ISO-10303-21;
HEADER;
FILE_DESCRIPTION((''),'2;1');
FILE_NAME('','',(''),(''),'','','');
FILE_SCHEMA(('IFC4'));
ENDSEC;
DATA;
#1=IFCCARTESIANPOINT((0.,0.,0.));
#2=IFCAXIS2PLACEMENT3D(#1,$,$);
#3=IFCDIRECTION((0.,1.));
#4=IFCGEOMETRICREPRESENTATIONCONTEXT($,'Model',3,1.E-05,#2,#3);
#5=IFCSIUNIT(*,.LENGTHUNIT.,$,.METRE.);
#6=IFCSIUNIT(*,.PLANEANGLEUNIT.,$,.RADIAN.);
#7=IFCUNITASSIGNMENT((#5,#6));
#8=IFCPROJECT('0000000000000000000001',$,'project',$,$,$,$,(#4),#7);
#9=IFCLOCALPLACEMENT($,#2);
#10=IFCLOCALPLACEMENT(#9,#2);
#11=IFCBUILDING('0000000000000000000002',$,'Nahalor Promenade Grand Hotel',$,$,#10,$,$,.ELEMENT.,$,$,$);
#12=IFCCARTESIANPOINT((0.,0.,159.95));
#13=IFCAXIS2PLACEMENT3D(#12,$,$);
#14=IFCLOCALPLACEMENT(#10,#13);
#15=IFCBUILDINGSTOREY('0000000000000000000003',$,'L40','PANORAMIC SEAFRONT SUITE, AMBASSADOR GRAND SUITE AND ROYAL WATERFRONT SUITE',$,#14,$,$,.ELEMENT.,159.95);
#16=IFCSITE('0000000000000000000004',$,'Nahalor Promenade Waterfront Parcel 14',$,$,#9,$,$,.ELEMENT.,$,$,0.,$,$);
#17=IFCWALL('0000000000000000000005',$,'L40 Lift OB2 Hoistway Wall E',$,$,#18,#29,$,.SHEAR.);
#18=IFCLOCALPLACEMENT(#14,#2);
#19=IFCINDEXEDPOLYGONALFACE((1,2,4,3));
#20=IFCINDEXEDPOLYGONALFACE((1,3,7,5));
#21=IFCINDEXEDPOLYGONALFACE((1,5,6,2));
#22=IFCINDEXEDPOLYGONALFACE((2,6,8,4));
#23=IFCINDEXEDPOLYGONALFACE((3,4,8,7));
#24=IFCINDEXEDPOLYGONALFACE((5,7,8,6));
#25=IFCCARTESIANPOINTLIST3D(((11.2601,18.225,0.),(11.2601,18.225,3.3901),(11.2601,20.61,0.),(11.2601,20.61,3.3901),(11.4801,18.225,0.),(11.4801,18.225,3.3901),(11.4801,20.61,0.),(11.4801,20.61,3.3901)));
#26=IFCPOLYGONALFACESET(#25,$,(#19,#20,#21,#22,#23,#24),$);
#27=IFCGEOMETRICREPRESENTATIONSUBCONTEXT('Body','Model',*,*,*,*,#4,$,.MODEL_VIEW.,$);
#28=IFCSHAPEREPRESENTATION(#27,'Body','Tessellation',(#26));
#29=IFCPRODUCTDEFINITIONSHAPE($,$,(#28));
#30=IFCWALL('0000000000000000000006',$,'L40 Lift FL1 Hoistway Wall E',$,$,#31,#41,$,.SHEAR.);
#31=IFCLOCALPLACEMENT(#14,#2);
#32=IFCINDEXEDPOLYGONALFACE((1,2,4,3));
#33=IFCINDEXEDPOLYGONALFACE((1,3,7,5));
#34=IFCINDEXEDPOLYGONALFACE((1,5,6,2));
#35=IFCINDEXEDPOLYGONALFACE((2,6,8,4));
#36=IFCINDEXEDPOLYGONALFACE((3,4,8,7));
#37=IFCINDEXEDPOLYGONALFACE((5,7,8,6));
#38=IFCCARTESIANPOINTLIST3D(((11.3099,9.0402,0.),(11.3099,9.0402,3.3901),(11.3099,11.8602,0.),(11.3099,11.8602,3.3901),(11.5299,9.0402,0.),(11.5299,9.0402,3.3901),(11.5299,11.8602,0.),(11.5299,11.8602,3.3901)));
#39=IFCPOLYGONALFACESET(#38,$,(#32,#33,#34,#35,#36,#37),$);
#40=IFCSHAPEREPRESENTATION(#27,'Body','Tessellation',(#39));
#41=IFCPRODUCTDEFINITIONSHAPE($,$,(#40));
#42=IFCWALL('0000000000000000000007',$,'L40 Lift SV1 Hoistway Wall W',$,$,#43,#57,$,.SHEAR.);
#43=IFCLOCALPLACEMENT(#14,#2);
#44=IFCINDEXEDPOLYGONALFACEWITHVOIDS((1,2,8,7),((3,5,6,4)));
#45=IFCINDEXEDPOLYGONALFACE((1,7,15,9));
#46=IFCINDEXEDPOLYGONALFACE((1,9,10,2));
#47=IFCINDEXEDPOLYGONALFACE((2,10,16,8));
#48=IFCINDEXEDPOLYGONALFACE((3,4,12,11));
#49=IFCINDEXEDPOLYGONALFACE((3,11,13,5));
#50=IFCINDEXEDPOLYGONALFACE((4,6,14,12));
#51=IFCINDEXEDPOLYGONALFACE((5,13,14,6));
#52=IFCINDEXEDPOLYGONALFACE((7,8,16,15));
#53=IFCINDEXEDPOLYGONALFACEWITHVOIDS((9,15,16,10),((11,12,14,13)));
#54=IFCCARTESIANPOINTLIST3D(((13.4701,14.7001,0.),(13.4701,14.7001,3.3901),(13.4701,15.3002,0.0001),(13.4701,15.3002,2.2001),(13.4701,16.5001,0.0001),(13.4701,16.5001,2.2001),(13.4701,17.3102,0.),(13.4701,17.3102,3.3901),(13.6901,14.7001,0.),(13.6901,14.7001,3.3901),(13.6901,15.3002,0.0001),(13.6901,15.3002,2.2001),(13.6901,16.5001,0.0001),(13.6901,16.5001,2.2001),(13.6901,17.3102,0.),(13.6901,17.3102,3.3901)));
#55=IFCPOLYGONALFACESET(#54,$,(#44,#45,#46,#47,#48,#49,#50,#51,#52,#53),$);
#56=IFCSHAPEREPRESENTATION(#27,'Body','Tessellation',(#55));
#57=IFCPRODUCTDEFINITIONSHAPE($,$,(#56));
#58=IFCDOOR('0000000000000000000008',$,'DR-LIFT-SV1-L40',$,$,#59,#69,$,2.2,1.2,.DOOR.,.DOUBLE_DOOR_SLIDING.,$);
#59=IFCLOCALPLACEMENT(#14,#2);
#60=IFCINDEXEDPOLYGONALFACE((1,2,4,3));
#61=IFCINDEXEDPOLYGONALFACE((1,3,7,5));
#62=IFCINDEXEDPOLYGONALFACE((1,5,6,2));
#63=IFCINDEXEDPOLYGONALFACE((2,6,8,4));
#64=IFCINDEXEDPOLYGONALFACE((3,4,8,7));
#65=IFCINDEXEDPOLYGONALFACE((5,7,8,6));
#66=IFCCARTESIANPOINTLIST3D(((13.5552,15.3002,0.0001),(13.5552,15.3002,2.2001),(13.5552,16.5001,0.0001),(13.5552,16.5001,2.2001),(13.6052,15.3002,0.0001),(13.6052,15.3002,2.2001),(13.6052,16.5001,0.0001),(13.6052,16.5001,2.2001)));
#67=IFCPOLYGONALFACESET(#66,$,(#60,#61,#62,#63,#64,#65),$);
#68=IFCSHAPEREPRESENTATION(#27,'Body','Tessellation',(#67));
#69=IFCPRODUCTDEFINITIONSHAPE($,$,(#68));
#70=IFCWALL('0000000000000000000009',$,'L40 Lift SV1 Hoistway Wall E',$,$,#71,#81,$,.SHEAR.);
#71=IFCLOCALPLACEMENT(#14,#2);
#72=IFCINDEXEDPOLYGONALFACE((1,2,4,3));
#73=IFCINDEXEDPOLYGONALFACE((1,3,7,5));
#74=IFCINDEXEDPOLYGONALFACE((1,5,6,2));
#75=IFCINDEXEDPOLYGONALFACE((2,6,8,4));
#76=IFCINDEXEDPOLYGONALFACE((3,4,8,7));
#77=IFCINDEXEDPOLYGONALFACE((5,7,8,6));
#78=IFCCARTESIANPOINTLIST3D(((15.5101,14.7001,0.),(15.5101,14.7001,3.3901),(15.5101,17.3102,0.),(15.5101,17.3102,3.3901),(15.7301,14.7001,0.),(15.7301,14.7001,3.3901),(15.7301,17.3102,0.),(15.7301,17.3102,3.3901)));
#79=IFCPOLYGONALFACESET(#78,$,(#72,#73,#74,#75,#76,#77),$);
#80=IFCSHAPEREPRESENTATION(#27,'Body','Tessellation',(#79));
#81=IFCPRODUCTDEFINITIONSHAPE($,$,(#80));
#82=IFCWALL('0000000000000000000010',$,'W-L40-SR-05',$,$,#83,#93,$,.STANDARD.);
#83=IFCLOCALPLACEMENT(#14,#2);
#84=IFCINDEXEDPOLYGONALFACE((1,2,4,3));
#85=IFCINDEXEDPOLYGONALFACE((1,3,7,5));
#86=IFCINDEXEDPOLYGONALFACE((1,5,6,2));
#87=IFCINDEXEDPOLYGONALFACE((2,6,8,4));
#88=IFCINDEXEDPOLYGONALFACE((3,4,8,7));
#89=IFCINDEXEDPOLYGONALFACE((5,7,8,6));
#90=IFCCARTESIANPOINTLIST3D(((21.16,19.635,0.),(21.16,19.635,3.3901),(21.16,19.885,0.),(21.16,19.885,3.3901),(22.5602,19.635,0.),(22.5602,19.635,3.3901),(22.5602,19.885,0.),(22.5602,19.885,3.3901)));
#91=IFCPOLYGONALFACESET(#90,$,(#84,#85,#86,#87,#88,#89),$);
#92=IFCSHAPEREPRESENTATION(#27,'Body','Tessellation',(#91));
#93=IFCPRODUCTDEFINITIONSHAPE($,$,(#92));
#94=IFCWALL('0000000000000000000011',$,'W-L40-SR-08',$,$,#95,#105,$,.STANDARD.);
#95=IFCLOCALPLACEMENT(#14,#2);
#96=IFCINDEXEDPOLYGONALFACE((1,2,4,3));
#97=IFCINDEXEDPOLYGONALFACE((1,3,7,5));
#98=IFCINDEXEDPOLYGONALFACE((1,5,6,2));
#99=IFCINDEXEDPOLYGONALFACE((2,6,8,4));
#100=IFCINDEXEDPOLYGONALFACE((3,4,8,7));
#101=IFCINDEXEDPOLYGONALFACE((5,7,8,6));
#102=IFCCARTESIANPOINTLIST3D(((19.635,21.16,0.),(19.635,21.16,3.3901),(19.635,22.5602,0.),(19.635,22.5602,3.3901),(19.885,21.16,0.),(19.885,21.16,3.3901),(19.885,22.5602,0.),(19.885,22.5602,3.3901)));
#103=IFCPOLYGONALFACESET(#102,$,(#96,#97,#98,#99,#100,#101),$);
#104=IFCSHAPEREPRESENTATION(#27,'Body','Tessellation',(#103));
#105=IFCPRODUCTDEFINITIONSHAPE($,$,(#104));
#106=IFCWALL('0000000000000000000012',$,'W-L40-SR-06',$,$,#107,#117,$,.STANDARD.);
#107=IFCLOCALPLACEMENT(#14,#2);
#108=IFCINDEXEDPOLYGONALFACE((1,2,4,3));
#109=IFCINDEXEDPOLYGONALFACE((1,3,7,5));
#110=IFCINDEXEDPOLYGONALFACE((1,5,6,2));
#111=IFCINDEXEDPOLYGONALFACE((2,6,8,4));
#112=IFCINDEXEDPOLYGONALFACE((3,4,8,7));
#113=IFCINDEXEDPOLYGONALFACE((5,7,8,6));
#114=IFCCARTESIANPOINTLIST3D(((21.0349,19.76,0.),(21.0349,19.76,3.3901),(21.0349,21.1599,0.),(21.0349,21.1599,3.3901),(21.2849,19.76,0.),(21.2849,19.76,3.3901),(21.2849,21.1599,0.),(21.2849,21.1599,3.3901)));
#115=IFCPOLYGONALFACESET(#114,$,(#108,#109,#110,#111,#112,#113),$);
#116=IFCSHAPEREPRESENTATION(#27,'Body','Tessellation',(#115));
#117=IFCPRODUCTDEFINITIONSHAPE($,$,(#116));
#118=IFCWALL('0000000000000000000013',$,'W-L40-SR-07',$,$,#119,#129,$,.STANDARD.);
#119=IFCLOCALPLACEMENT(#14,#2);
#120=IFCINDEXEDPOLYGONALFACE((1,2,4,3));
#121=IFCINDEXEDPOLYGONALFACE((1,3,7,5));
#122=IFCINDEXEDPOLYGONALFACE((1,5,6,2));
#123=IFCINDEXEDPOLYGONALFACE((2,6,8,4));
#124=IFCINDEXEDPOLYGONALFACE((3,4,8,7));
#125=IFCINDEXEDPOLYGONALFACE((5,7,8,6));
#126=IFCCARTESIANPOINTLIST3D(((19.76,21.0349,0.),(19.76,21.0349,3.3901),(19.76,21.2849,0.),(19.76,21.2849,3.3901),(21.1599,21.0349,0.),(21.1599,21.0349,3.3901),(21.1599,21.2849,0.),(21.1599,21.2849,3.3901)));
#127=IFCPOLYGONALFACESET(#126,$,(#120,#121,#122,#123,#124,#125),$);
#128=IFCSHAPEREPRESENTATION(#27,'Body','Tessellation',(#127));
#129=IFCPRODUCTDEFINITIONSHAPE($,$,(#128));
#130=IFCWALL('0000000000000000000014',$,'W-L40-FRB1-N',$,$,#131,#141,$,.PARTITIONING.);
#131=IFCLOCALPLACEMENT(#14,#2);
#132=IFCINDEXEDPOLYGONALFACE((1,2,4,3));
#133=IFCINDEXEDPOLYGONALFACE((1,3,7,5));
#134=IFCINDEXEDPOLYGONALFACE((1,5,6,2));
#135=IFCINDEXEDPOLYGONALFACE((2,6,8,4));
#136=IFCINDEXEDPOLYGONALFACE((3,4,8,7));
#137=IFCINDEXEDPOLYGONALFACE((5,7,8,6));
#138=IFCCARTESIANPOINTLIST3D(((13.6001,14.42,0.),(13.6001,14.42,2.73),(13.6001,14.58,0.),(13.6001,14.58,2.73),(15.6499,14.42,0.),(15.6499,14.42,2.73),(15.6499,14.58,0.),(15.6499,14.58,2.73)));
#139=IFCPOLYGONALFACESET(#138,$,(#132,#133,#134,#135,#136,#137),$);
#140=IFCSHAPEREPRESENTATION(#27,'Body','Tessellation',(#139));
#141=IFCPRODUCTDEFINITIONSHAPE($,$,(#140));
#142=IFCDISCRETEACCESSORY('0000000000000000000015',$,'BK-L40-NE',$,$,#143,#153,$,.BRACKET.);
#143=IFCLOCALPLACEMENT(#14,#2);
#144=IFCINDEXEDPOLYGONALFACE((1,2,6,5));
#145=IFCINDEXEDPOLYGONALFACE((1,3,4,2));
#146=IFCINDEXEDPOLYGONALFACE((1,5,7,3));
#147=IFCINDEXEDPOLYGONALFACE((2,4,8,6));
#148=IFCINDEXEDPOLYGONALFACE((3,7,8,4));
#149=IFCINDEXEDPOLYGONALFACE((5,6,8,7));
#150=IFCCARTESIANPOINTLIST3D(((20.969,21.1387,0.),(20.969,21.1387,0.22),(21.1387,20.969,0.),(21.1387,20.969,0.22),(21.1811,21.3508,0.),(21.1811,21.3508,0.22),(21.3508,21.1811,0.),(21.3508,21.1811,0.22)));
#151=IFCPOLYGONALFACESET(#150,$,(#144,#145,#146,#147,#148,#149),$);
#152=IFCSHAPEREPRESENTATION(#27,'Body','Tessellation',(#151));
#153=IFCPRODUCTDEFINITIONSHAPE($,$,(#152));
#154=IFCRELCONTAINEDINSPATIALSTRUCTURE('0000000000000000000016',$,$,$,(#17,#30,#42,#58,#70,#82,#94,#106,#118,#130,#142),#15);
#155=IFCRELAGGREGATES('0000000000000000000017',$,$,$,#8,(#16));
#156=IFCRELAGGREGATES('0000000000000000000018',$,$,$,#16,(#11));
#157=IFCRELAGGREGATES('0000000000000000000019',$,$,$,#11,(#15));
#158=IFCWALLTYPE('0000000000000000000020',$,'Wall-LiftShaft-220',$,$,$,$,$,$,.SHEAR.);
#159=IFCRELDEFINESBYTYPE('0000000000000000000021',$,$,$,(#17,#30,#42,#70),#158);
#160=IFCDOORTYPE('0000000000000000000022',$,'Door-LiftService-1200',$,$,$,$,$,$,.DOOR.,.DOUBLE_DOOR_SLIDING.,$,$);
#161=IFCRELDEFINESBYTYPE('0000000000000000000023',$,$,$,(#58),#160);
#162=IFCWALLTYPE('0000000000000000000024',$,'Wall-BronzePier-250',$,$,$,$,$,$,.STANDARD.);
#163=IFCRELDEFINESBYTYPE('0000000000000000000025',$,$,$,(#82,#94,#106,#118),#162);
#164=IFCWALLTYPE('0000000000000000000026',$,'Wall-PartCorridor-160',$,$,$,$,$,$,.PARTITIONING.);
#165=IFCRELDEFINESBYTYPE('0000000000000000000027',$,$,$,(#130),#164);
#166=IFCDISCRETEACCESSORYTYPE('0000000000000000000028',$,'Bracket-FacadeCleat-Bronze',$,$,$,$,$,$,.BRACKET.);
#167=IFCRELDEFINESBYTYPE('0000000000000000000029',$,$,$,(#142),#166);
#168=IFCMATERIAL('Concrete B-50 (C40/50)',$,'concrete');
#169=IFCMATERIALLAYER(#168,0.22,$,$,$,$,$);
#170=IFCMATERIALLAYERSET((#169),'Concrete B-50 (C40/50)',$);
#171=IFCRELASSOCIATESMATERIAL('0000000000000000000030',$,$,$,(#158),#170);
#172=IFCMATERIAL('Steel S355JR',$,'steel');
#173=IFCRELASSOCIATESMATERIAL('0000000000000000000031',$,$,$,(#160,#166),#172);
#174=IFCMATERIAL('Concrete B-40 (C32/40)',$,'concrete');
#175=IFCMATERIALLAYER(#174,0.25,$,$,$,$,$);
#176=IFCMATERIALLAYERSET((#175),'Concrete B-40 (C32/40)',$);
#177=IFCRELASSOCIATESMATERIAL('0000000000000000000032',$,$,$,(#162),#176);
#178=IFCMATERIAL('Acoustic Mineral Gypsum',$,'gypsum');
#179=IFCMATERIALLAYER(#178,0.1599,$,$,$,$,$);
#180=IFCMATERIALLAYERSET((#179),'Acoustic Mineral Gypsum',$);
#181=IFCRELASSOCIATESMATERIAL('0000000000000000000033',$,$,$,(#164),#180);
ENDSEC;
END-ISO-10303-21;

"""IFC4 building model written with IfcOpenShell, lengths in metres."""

from ifc_helpers import new_model, si_unit, direction, frame, frame_2d, origin, origin_2d, place, context, subcontext, project, spatial, rectangle, extrude, source, transform, mapped, material, layer, layer_set, type_object, element, fill, save


model = new_model("IFC4")

# Units and contexts
model_context = context("Model", 3, precision=1e-05, world=origin(), true_north=direction((0.0, 1.0)))
body_context = subcontext(model_context, "Body", "Model", "MODEL_VIEW")
ifc_project = project(units=[si_unit("LENGTHUNIT", "METRE"), si_unit("PLANEANGLEUNIT", "RADIAN")], contexts=[model_context])

# Site, building, storey
site_placement = place(None, origin())
site = spatial("IfcSite", under=ifc_project, at=site_placement, Name="Nahalor Promenade Waterfront Parcel 14", CompositionType="ELEMENT", RefElevation=0.0)
building_placement = place(site_placement, origin())
building = spatial("IfcBuilding", under=site, at=building_placement, Name="Nahalor Promenade Grand Hotel", CompositionType="ELEMENT")
storey_placement = place(building_placement, frame((0.0, 0.0, 159.95)))
storey = spatial("IfcBuildingStorey", under=building, at=storey_placement, Name="L40", Description="PANORAMIC SEAFRONT SUITE, AMBASSADOR GRAND SUITE AND ROYAL WATERFRONT SUITE", CompositionType="ELEMENT", Elevation=159.95)

# Shared definitions
ifc_material_1 = material(Name="Steel S355JR", Category="steel")

# Walls
ifc_material_2 = material(Name="Concrete B-50 (C40/50)", Category="concrete")
ifc_layer_1 = layer(ifc_material_2, 0.22)
ifc_layer_set_1 = layer_set([ifc_layer_1], Name="Concrete B-50 (C40/50)")
wall_type_1 = type_object("IfcWallType", Name="Wall-LiftShaft-220", PredefinedType="SHEAR", material=ifc_layer_set_1)
shared_shape_1 = source(origin(), body_context, "Body", "SweptSolid", [
    extrude(rectangle(XDim=2.385, YDim=0.22, at=frame_2d((1.1924, 0.0))), origin(), (0.0, 0.0, 1.0), 3.3901),
])
wall_1_placement = place(storey_placement, frame((11.3701, 18.2251, 0.0), z_axis=(0.0, 0.0, 1.0), x_axis=(0.0, 1.0, 0.0)))
element("IfcWall", 1, at=wall_1_placement, inside=storey, type_object=wall_type_1, Name="L40 Lift OB2 Hoistway Wall E", PredefinedType="SHEAR", context=body_context, shape_type="MappedRepresentation", body=[
    mapped(shared_shape_1, transform((0.0, 0.0, 0.0), scale=1.0)),
])
shared_shape_2 = source(origin(), body_context, "Body", "SweptSolid", [
    extrude(rectangle(XDim=2.8201, YDim=0.22, at=frame_2d((1.4102, 0.0))), origin(), (0.0, 0.0, 1.0), 3.3901),
])
wall_2_placement = place(storey_placement, frame((11.4199, 9.04, 0.0), z_axis=(0.0, 0.0, 1.0), x_axis=(0.0, 1.0, 0.0)))
element("IfcWall", 2, at=wall_2_placement, inside=storey, type_object=wall_type_1, Name="L40 Lift FL1 Hoistway Wall E", PredefinedType="SHEAR", context=body_context, shape_type="MappedRepresentation", body=[
    mapped(shared_shape_2, transform((0.0, 0.0, 0.0), scale=1.0)),
])

# Wall, opening, door
shared_shape_3 = source(origin(), body_context, "Body", "SweptSolid", [
    extrude(rectangle(XDim=2.6101, YDim=0.22, at=frame_2d((1.3052, 0.0))), origin(), (0.0, 0.0, 1.0), 3.3901),
])
wall_3_placement = place(storey_placement, frame((13.5801, 14.7, 0.0), z_axis=(0.0, 0.0, 1.0), x_axis=(0.0, 1.0, 0.0)))
wall_3 = element("IfcWall", 3, at=wall_3_placement, inside=storey, type_object=wall_type_1, Name="L40 Lift SV1 Hoistway Wall W", PredefinedType="SHEAR", context=body_context, shape_type="MappedRepresentation", body=[
    mapped(shared_shape_3, transform((0.0, 0.0, 0.0), scale=1.0)),
])
opening_placement = place(wall_3_placement, frame((0.6001, 0.0, 0.0)))
opening = element("IfcOpeningElement", 4, at=opening_placement, cuts=wall_3, PredefinedType="OPENING", context=body_context, shape_type="SweptSolid", body=[
    extrude(rectangle(XDim=1.2, YDim=2.2, at=frame_2d((0.6001, 1.1001))), frame((0.0, 0.1199, 0.0), z_axis=(0.0, -1.0, 0.0), x_axis=(1.0, 0.0, 0.0)), (0.0, 0.0, 1.0), 0.24),
])
door_type = type_object("IfcDoorType", Name="Door-LiftService-1200", OperationType="DOUBLE_DOOR_SLIDING", PredefinedType="DOOR", material=ifc_material_1)
shared_shape_4 = source(origin(), body_context, "Body", "SweptSolid", [
    extrude(rectangle(XDim=1.2, YDim=2.2, at=frame_2d((0.6001, 1.1001))), frame((0.0, 0.0249, 0.0), z_axis=(0.0, -1.0, 0.0), x_axis=(1.0, 0.0, 0.0)), (0.0, 0.0, 1.0), 0.05),
])
door_placement = place(opening_placement, origin())
door = element("IfcDoor", 5, at=door_placement, inside=storey, type_object=door_type, Name="DR-LIFT-SV1-L40", OperationType="DOUBLE_DOOR_SLIDING", OverallHeight=2.2, OverallWidth=1.2, PredefinedType="DOOR", context=body_context, shape_type="MappedRepresentation", body=[
    mapped(shared_shape_4, transform((0.0, 0.0, 0.0), scale=1.0)),
])
fill(opening, door)

# Walls
wall_4_placement = place(storey_placement, frame((15.6201, 14.7, 0.0), z_axis=(0.0, 0.0, 1.0), x_axis=(0.0, 1.0, 0.0)))
element("IfcWall", 6, at=wall_4_placement, inside=storey, type_object=wall_type_1, Name="L40 Lift SV1 Hoistway Wall E", PredefinedType="SHEAR", context=body_context, shape_type="MappedRepresentation", body=[
    mapped(shared_shape_3, transform((0.0, 0.0, 0.0), scale=1.0)),
])
ifc_material_3 = material(Name="Concrete B-40 (C32/40)", Category="concrete")
ifc_layer_2 = layer(ifc_material_3, 0.25)
ifc_layer_set_2 = layer_set([ifc_layer_2], Name="Concrete B-40 (C32/40)")
wall_type_2 = type_object("IfcWallType", Name="Wall-BronzePier-250", PredefinedType="STANDARD", material=ifc_layer_set_2)
shared_shape_5 = source(origin(), body_context, "Body", "SweptSolid", [
    extrude(rectangle(XDim=1.4001, YDim=0.25, at=frame_2d((0.7002, 0.0))), origin(), (0.0, 0.0, 1.0), 3.3901),
])
for number, where, z_axis, x_axis, name in (
    (7, (21.1599, 19.76, 0.0), (0.0, 0.0, 1.0), (1.0, 0.0, 0.0), "W-L40-SR-05"),
    (8, (19.76, 21.1599, 0.0), (0.0, 0.0, 1.0), (0.0, 1.0, 0.0), "W-L40-SR-08"),
):
    element("IfcWall", number, at=place(storey_placement, frame(where, z_axis=z_axis, x_axis=x_axis)), inside=storey, type_object=wall_type_2, Name=name, PredefinedType="STANDARD", context=body_context, shape_type="MappedRepresentation", body=[
        mapped(shared_shape_5, transform((0.0, 0.0, 0.0), scale=1.0)),
    ])
shared_shape_6 = source(origin(), body_context, "Body", "SweptSolid", [
    extrude(rectangle(XDim=1.3999, YDim=0.25, at=frame_2d((0.7, 0.0))), origin(), (0.0, 0.0, 1.0), 3.3901),
])
for number, where, z_axis, x_axis, name in (
    (9, (21.1599, 19.76, 0.0), (0.0, 0.0, 1.0), (0.0, 1.0, 0.0), "W-L40-SR-06"),
    (10, (19.76, 21.1599, 0.0), (0.0, 0.0, 1.0), (1.0, 0.0, 0.0), "W-L40-SR-07"),
):
    element("IfcWall", number, at=place(storey_placement, frame(where, z_axis=z_axis, x_axis=x_axis)), inside=storey, type_object=wall_type_2, Name=name, PredefinedType="STANDARD", context=body_context, shape_type="MappedRepresentation", body=[
        mapped(shared_shape_6, transform((0.0, 0.0, 0.0), scale=1.0)),
    ])
ifc_material_4 = material(Name="Acoustic Mineral Gypsum", Category="gypsum")
ifc_layer_3 = layer(ifc_material_4, 0.1599)
ifc_layer_set_3 = layer_set([ifc_layer_3], Name="Acoustic Mineral Gypsum")
wall_type_3 = type_object("IfcWallType", Name="Wall-PartCorridor-160", PredefinedType="PARTITIONING", material=ifc_layer_set_3)
shared_shape_7 = source(origin(), body_context, "Body", "SweptSolid", [
    extrude(rectangle(XDim=2.0498, YDim=0.1599, at=frame_2d((1.0249, 0.0))), origin(), (0.0, 0.0, 1.0), 2.73),
])
wall_5_placement = place(storey_placement, frame((13.6001, 14.5, 0.0), z_axis=(0.0, 0.0, 1.0), x_axis=(1.0, 0.0, 0.0)))
element("IfcWall", 11, at=wall_5_placement, inside=storey, type_object=wall_type_3, Name="W-L40-FRB1-N", PredefinedType="PARTITIONING", context=body_context, shape_type="MappedRepresentation", body=[
    mapped(shared_shape_7, transform((0.0, 0.0, 0.0), scale=1.0)),
])

# Discrete accessory
discrete_accessory_type = type_object("IfcDiscreteAccessoryType", Name="Bracket-FacadeCleat-Bronze", PredefinedType="BRACKET", material=ifc_material_1)
shared_shape_8 = source(origin(), body_context, "Body", "SweptSolid", [
    extrude(rectangle(XDim=0.3, YDim=0.24, at=origin_2d()), origin(), (0.0, 0.0, 1.0), 0.22),
])
discrete_accessory_placement = place(storey_placement, frame((21.1599, 21.1599, 0.0), z_axis=(0.0, 0.0, 1.0), x_axis=(0.707107, 0.707107, 0.0)))
element("IfcDiscreteAccessory", 12, at=discrete_accessory_placement, inside=storey, type_object=discrete_accessory_type, Name="BK-L40-NE", PredefinedType="BRACKET", context=body_context, shape_type="MappedRepresentation", body=[
    mapped(shared_shape_8, transform((0.0, 0.0, 0.0), scale=1.0)),
])

save(model, "model.ifc")
